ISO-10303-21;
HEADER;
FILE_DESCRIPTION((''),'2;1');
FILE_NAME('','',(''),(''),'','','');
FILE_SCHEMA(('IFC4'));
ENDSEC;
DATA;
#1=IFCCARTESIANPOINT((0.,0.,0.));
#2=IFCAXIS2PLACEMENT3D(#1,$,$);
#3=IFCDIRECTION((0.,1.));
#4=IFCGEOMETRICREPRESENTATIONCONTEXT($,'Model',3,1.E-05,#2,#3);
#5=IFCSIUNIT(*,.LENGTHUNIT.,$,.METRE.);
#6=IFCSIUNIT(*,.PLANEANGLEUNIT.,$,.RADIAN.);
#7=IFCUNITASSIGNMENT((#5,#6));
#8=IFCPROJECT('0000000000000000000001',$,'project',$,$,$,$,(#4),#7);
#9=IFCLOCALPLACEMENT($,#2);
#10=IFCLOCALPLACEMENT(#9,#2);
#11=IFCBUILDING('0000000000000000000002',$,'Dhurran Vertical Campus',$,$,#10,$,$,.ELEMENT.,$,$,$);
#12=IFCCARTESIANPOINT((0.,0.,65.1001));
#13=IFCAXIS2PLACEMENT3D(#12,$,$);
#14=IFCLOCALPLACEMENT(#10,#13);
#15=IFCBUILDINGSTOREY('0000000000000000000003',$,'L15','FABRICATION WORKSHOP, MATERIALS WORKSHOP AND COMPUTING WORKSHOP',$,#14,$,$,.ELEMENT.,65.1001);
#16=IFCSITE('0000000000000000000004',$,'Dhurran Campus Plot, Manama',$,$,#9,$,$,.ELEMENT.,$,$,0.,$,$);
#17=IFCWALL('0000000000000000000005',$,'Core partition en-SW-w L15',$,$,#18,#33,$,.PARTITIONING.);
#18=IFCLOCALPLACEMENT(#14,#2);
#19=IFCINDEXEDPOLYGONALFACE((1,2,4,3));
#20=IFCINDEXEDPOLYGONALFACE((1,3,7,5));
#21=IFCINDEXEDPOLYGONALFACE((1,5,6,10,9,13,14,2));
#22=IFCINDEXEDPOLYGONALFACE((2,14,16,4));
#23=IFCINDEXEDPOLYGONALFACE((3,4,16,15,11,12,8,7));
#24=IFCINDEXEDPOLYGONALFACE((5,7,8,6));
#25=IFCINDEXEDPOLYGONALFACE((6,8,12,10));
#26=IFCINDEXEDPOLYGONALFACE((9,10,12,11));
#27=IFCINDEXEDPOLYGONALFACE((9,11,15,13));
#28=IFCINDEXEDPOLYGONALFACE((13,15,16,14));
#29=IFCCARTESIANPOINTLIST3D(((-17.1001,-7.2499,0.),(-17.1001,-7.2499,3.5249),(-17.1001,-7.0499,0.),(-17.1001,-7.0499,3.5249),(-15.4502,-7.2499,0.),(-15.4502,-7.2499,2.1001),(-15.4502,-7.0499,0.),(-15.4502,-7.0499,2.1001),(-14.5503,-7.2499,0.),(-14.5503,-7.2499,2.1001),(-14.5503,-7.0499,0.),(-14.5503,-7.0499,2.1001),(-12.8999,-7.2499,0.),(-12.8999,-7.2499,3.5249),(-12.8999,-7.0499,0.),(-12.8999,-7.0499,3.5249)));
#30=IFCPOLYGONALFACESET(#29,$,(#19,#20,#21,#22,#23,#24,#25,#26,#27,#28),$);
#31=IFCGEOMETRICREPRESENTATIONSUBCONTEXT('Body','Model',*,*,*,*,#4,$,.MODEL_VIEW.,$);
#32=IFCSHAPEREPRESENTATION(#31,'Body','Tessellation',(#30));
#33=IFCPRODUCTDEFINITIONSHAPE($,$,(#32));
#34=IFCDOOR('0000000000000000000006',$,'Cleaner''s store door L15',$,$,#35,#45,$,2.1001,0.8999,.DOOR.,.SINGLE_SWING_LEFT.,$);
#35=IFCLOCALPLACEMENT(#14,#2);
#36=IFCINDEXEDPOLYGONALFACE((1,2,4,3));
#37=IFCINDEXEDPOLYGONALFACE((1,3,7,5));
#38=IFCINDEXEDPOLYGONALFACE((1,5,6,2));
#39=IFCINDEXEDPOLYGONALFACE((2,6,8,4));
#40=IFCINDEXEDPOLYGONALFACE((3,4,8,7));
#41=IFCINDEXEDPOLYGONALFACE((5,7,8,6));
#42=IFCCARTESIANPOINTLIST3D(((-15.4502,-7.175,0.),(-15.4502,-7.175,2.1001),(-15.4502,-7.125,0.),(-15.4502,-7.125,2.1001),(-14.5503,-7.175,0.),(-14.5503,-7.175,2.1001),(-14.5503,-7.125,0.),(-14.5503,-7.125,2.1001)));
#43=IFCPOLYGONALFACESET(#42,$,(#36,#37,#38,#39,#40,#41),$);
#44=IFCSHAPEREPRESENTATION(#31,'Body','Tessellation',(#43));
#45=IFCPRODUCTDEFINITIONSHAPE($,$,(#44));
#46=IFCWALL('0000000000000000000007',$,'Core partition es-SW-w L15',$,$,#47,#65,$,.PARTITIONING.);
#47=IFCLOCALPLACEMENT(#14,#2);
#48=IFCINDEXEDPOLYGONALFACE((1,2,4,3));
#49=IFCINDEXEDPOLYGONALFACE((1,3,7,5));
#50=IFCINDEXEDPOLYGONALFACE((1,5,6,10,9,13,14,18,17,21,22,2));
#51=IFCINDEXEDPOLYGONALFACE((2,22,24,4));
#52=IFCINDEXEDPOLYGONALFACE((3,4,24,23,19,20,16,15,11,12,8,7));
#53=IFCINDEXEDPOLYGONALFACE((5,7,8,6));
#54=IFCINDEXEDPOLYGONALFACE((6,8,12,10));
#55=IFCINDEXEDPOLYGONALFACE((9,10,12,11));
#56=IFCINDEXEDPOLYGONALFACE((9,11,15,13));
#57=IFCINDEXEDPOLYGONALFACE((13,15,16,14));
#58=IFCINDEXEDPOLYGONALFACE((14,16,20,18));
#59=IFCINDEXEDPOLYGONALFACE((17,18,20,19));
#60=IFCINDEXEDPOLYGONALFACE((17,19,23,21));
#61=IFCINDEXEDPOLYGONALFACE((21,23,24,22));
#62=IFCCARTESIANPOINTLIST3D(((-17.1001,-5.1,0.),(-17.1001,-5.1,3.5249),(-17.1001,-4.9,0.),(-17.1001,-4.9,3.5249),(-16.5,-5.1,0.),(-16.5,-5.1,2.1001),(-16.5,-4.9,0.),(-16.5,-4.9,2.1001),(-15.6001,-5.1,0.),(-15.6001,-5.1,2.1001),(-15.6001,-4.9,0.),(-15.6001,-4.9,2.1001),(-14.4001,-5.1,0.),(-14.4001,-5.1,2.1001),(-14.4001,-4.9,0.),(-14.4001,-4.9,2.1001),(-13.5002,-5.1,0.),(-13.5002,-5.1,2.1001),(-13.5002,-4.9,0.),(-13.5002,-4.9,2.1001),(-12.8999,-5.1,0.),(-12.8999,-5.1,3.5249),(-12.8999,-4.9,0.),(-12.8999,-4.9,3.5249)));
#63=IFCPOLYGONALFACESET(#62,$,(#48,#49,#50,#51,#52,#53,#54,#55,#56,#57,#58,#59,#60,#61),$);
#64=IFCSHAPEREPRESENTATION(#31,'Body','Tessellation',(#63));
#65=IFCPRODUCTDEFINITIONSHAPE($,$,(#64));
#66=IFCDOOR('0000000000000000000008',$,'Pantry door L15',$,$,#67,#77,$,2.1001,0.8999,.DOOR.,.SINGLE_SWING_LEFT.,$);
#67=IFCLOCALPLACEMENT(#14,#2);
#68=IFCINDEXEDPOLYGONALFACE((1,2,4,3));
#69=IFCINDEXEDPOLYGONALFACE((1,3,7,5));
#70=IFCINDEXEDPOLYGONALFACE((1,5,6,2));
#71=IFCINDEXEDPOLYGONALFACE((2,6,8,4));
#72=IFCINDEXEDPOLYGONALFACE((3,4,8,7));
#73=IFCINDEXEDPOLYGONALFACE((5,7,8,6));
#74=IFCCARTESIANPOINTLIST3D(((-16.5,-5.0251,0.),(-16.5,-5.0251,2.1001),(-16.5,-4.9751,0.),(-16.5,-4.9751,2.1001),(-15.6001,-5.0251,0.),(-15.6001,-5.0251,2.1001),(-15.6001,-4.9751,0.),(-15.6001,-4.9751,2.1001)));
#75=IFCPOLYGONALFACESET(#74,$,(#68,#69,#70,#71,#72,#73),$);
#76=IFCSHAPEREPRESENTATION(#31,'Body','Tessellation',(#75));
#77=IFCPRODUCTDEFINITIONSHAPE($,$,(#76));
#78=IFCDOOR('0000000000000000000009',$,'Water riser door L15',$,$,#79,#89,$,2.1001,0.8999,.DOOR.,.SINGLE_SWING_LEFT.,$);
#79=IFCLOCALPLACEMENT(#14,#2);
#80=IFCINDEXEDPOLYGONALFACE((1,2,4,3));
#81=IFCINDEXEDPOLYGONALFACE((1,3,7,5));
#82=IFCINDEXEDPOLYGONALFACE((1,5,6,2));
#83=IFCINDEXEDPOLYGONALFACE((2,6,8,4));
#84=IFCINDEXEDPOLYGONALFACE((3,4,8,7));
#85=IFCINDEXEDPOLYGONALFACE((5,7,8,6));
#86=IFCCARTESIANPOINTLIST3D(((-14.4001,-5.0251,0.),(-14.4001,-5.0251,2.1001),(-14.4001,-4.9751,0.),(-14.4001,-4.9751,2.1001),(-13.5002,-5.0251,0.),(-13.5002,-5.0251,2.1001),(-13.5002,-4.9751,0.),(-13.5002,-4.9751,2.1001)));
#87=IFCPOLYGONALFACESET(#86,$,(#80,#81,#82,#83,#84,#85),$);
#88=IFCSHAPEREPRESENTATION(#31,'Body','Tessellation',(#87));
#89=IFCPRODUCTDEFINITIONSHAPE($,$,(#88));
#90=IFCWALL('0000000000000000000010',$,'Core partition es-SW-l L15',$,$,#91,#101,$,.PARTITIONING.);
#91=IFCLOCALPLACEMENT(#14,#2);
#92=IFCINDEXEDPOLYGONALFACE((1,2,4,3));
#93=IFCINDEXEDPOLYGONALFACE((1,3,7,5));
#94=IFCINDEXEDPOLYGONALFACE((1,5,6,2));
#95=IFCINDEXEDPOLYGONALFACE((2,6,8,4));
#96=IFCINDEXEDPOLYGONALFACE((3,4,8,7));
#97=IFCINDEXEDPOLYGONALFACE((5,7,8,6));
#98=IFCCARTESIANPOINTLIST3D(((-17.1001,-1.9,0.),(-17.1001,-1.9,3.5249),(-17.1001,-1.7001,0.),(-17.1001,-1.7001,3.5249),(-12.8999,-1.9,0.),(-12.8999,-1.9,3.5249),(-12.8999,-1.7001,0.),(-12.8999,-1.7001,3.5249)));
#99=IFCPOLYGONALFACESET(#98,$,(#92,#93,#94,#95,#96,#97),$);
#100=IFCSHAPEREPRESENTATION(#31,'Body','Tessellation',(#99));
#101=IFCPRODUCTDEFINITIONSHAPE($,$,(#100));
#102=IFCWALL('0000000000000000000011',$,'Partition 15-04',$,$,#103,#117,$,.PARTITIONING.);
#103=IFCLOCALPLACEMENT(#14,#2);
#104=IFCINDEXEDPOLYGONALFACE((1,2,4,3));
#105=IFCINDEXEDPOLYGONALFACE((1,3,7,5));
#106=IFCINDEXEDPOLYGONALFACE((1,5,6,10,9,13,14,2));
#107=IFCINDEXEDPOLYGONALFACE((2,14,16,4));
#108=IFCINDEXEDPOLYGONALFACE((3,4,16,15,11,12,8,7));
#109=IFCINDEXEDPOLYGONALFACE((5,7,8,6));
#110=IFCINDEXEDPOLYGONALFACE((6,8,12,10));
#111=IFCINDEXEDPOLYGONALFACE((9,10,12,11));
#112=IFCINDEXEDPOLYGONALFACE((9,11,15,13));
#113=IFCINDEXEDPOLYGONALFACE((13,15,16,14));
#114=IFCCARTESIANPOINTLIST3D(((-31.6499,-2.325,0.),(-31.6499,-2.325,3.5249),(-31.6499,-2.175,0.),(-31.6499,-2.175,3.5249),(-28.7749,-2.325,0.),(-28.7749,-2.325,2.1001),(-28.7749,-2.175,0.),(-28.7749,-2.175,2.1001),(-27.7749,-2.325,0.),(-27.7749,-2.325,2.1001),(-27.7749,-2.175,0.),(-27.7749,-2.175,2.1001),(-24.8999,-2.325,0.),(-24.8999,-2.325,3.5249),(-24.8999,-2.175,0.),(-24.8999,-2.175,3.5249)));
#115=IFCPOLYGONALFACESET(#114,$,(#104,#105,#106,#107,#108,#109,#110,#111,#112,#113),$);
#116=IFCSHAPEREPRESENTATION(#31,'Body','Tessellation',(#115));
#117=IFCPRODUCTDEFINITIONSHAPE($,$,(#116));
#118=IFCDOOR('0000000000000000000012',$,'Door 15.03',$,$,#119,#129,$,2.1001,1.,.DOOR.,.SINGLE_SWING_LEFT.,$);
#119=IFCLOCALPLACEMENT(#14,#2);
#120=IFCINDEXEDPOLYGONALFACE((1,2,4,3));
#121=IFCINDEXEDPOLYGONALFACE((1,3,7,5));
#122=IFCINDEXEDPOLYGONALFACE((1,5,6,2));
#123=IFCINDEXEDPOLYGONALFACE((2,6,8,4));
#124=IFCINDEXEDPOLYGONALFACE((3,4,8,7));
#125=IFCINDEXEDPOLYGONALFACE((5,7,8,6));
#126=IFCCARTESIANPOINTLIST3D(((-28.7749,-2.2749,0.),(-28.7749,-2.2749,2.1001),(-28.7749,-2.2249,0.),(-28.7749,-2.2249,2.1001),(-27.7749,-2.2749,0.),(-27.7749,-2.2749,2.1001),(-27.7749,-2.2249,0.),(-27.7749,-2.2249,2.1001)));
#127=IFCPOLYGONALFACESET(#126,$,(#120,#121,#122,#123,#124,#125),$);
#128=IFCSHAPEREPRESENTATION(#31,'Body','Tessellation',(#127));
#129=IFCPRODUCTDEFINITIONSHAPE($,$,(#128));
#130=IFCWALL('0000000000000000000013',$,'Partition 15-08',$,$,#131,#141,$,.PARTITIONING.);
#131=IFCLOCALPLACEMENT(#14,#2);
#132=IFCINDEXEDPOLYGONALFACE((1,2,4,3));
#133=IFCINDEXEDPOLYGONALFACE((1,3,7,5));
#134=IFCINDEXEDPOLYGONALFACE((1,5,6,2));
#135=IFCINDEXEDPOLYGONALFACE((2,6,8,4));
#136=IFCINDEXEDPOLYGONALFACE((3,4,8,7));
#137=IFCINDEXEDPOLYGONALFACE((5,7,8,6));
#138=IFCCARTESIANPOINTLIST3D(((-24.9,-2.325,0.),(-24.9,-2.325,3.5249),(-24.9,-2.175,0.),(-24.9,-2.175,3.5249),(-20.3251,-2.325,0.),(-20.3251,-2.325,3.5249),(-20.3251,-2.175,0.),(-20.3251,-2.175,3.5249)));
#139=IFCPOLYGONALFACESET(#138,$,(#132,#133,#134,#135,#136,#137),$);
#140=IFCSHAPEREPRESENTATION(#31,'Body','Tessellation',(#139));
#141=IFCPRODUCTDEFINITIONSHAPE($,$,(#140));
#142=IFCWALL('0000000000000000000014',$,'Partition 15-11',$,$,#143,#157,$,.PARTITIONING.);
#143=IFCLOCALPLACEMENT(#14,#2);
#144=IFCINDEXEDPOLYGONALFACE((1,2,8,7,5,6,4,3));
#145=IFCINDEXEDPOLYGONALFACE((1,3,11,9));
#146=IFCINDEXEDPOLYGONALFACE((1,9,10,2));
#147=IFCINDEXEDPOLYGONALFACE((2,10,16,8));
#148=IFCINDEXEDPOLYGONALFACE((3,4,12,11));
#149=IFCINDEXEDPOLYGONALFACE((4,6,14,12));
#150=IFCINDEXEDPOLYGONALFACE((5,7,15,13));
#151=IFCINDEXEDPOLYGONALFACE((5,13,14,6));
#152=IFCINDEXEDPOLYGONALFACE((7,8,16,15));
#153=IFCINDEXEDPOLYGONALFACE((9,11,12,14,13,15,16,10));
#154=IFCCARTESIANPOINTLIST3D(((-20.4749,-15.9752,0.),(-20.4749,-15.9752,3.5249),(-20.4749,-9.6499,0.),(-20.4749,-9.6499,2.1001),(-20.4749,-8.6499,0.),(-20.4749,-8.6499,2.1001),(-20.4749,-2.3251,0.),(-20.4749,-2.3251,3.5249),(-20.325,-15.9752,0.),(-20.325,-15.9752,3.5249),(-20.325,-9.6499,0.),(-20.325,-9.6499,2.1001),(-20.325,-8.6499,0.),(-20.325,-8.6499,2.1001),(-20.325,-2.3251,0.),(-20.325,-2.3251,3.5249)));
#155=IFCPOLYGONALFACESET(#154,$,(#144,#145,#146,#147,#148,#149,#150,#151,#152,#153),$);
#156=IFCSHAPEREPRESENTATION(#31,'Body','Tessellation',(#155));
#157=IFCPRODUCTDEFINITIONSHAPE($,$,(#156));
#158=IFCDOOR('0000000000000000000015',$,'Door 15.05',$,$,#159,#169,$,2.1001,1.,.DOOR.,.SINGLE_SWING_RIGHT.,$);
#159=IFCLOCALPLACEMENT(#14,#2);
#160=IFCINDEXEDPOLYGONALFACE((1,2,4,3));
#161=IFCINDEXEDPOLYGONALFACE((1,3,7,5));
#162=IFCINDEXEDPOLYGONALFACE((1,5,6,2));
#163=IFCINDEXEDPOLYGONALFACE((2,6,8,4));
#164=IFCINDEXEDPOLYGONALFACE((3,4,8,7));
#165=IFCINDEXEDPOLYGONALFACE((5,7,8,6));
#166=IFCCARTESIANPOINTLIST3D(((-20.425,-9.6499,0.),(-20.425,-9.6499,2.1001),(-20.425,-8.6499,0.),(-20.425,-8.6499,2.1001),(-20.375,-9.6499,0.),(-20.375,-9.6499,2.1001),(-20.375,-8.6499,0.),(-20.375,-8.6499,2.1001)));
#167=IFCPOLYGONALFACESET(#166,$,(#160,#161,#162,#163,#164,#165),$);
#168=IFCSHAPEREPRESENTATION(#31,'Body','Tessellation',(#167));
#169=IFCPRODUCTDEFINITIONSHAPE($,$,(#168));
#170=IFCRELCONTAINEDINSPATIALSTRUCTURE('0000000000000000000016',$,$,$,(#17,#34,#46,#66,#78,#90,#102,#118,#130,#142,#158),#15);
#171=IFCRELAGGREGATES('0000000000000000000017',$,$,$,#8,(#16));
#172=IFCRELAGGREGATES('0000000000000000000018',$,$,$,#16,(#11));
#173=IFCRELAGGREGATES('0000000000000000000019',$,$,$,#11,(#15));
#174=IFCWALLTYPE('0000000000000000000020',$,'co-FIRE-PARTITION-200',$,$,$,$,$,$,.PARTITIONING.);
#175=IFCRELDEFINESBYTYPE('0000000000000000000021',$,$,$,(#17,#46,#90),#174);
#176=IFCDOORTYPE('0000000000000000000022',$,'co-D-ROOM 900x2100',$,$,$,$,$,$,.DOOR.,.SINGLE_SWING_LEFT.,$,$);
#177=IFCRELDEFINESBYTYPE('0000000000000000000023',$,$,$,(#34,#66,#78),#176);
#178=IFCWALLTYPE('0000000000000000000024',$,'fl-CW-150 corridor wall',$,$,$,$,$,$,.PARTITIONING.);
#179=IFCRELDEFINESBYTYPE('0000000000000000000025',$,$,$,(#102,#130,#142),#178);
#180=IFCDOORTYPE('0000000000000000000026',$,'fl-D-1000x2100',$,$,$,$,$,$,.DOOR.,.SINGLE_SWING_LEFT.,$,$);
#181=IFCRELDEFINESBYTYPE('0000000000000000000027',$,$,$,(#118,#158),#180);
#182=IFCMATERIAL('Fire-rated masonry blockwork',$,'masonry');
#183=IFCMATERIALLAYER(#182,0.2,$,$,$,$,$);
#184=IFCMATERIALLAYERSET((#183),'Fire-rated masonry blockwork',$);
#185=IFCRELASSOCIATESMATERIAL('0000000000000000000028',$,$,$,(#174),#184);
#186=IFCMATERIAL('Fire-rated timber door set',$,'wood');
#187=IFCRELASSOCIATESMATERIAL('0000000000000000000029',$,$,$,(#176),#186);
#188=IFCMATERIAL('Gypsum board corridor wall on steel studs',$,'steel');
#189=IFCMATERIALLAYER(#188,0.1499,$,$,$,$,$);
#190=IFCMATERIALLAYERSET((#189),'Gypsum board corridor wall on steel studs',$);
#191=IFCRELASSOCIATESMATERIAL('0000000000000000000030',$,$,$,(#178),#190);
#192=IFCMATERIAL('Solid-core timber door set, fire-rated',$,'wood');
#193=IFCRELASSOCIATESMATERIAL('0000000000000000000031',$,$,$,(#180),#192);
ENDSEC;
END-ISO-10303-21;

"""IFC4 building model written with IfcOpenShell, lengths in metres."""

from ifc_helpers import new_model, si_unit, direction, frame, frame_2d, origin, place, context, subcontext, project, spatial, rectangle, extrude, material, layer, layer_set, type_object, element, fill, save


model = new_model("IFC4")

# Units and contexts
model_context = context("Model", 3, precision=1e-05, world=origin(), true_north=direction((0.0, 1.0)))
body_context = subcontext(model_context, "Body", "Model", "MODEL_VIEW")
ifc_project = project(units=[si_unit("LENGTHUNIT", "METRE"), si_unit("PLANEANGLEUNIT", "RADIAN")], contexts=[model_context])

# Site, building, storey
site_placement = place(None, origin())
site = spatial("IfcSite", under=ifc_project, at=site_placement, Name="Dhurran Campus Plot, Manama", CompositionType="ELEMENT", RefElevation=0.0)
building_placement = place(site_placement, origin())
building = spatial("IfcBuilding", under=site, at=building_placement, Name="Dhurran Vertical Campus", CompositionType="ELEMENT")
storey_placement = place(building_placement, frame((0.0, 0.0, 65.1001)))
storey = spatial("IfcBuildingStorey", under=building, at=storey_placement, Name="L15", Description="FABRICATION WORKSHOP, MATERIALS WORKSHOP AND COMPUTING WORKSHOP", CompositionType="ELEMENT", Elevation=65.1001)

# Wall, opening, door
ifc_material_1 = material(Name="Fire-rated masonry blockwork", Category="masonry")
ifc_layer_1 = layer(ifc_material_1, 0.2)
ifc_layer_set_1 = layer_set([ifc_layer_1], Name="Fire-rated masonry blockwork")
wall_type_1 = type_object("IfcWallType", Name="co-FIRE-PARTITION-200", PredefinedType="PARTITIONING", material=ifc_layer_set_1)
wall_1_placement = place(storey_placement, frame((-17.1001, -7.1499, 0.0), z_axis=(0.0, 0.0, 1.0), x_axis=(1.0, 0.0, 0.0)))
wall_1 = element("IfcWall", 1, at=wall_1_placement, inside=storey, type_object=wall_type_1, Name="Core partition en-SW-w L15", PredefinedType="PARTITIONING", context=body_context, shape_type="SweptSolid", body=[
    extrude(rectangle(XDim=4.2002, YDim=0.2, at=frame_2d((2.1001, 0.0))), origin(), (0.0, 0.0, 1.0), 3.5249),
])
opening_1_placement = place(wall_1_placement, frame((1.6499, 0.0, 0.0)))
opening_1 = element("IfcOpeningElement", 2, at=opening_1_placement, cuts=wall_1, PredefinedType="OPENING", context=body_context, shape_type="SweptSolid", body=[
    extrude(rectangle(XDim=0.8999, YDim=2.1001, at=frame_2d((0.45, 1.05))), frame((0.0, 0.1099, 0.0), z_axis=(0.0, -1.0, 0.0), x_axis=(1.0, 0.0, 0.0)), (0.0, 0.0, 1.0), 0.22),
])
ifc_material_2 = material(Name="Fire-rated timber door set", Category="wood")
door_type_1 = type_object("IfcDoorType", Name="co-D-ROOM 900x2100", OperationType="SINGLE_SWING_LEFT", PredefinedType="DOOR", material=ifc_material_2)
door_1_placement = place(opening_1_placement, origin())
door_1 = element("IfcDoor", 3, at=door_1_placement, inside=storey, type_object=door_type_1, Name="Cleaner's store door L15", OperationType="SINGLE_SWING_LEFT", OverallHeight=2.1001, OverallWidth=0.8999, PredefinedType="DOOR", context=body_context, shape_type="SweptSolid", body=[
    extrude(rectangle(XDim=0.8999, YDim=2.1001, at=frame_2d((0.45, 1.05))), frame((0.0, 0.0249, 0.0), z_axis=(0.0, -1.0, 0.0), x_axis=(1.0, 0.0, 0.0)), (0.0, 0.0, 1.0), 0.05),
])
fill(opening_1, door_1)

# Wall, openings, doors
wall_2_placement = place(storey_placement, frame((-17.1001, -5.0, 0.0), z_axis=(0.0, 0.0, 1.0), x_axis=(1.0, 0.0, 0.0)))
wall_2 = element("IfcWall", 4, at=wall_2_placement, inside=storey, type_object=wall_type_1, Name="Core partition es-SW-w L15", PredefinedType="PARTITIONING", context=body_context, shape_type="SweptSolid", body=[
    extrude(rectangle(XDim=4.2002, YDim=0.2, at=frame_2d((2.1001, 0.0))), origin(), (0.0, 0.0, 1.0), 3.5249),
])
opening_2_placement = place(wall_2_placement, frame((0.6001, 0.0, 0.0)))
opening_2 = element("IfcOpeningElement", 5, at=opening_2_placement, cuts=wall_2, PredefinedType="OPENING", context=body_context, shape_type="SweptSolid", body=[
    extrude(rectangle(XDim=0.8999, YDim=2.1001, at=frame_2d((0.45, 1.05))), frame((0.0, 0.1099, 0.0), z_axis=(0.0, -1.0, 0.0), x_axis=(1.0, 0.0, 0.0)), (0.0, 0.0, 1.0), 0.22),
])
opening_3_placement = place(wall_2_placement, frame((2.7, 0.0, 0.0)))
opening_3 = element("IfcOpeningElement", 6, at=opening_3_placement, cuts=wall_2, PredefinedType="OPENING", context=body_context, shape_type="SweptSolid", body=[
    extrude(rectangle(XDim=0.8999, YDim=2.1001, at=frame_2d((0.45, 1.05))), frame((0.0, 0.1099, 0.0), z_axis=(0.0, -1.0, 0.0), x_axis=(1.0, 0.0, 0.0)), (0.0, 0.0, 1.0), 0.22),
])
door_2_placement = place(opening_2_placement, origin())
door_2 = element("IfcDoor", 7, at=door_2_placement, inside=storey, type_object=door_type_1, Name="Pantry door L15", OperationType="SINGLE_SWING_LEFT", OverallHeight=2.1001, OverallWidth=0.8999, PredefinedType="DOOR", context=body_context, shape_type="SweptSolid", body=[
    extrude(rectangle(XDim=0.8999, YDim=2.1001, at=frame_2d((0.45, 1.05))), frame((0.0, 0.0249, 0.0), z_axis=(0.0, -1.0, 0.0), x_axis=(1.0, 0.0, 0.0)), (0.0, 0.0, 1.0), 0.05),
])
fill(opening_2, door_2)
door_3_placement = place(opening_3_placement, origin())
door_3 = element("IfcDoor", 8, at=door_3_placement, inside=storey, type_object=door_type_1, Name="Water riser door L15", OperationType="SINGLE_SWING_LEFT", OverallHeight=2.1001, OverallWidth=0.8999, PredefinedType="DOOR", context=body_context, shape_type="SweptSolid", body=[
    extrude(rectangle(XDim=0.8999, YDim=2.1001, at=frame_2d((0.45, 1.05))), frame((0.0, 0.0249, 0.0), z_axis=(0.0, -1.0, 0.0), x_axis=(1.0, 0.0, 0.0)), (0.0, 0.0, 1.0), 0.05),
])
fill(opening_3, door_3)

# Wall
wall_3_placement = place(storey_placement, frame((-17.1001, -1.8, 0.0), z_axis=(0.0, 0.0, 1.0), x_axis=(1.0, 0.0, 0.0)))
element("IfcWall", 9, at=wall_3_placement, inside=storey, type_object=wall_type_1, Name="Core partition es-SW-l L15", PredefinedType="PARTITIONING", context=body_context, shape_type="SweptSolid", body=[
    extrude(rectangle(XDim=4.2002, YDim=0.2, at=frame_2d((2.1001, 0.0))), origin(), (0.0, 0.0, 1.0), 3.5249),
])

# Wall, opening, door
ifc_material_3 = material(Name="Gypsum board corridor wall on steel studs", Category="steel")
ifc_layer_2 = layer(ifc_material_3, 0.1499)
ifc_layer_set_2 = layer_set([ifc_layer_2], Name="Gypsum board corridor wall on steel studs")
wall_type_2 = type_object("IfcWallType", Name="fl-CW-150 corridor wall", PredefinedType="PARTITIONING", material=ifc_layer_set_2)
wall_4_placement = place(storey_placement, frame((-24.8999, -2.25, 0.0), z_axis=(0.0, 0.0, 1.0), x_axis=(-1.0, 0.0, 0.0)))
wall_4 = element("IfcWall", 10, at=wall_4_placement, inside=storey, type_object=wall_type_2, Name="Partition 15-04", PredefinedType="PARTITIONING", context=body_context, shape_type="SweptSolid", body=[
    extrude(rectangle(XDim=6.75, YDim=0.1499, at=frame_2d((3.375, 0.0))), origin(), (0.0, 0.0, 1.0), 3.5249),
])
opening_4_placement = place(wall_4_placement, frame((2.875, 0.0, 0.0)))
opening_4 = element("IfcOpeningElement", 11, at=opening_4_placement, cuts=wall_4, PredefinedType="OPENING", context=body_context, shape_type="SweptSolid", body=[
    extrude(rectangle(XDim=1.0, YDim=2.1001, at=frame_2d((0.5, 1.05))), frame((0.0, 0.085, 0.0), z_axis=(0.0, -1.0, 0.0), x_axis=(1.0, 0.0, 0.0)), (0.0, 0.0, 1.0), 0.1699),
])
ifc_material_4 = material(Name="Solid-core timber door set, fire-rated", Category="wood")
door_type_2 = type_object("IfcDoorType", Name="fl-D-1000x2100", OperationType="SINGLE_SWING_LEFT", PredefinedType="DOOR", material=ifc_material_4)
door_4_placement = place(opening_4_placement, origin())
door_4 = element("IfcDoor", 12, at=door_4_placement, inside=storey, type_object=door_type_2, Name="Door 15.03", OperationType="SINGLE_SWING_LEFT", OverallHeight=2.1001, OverallWidth=1.0, PredefinedType="DOOR", context=body_context, shape_type="SweptSolid", body=[
    extrude(rectangle(XDim=1.0, YDim=2.1001, at=frame_2d((0.5, 1.05))), frame((0.0, 0.0249, 0.0), z_axis=(0.0, -1.0, 0.0), x_axis=(1.0, 0.0, 0.0)), (0.0, 0.0, 1.0), 0.05),
])
fill(opening_4, door_4)

# Wall
wall_5_placement = place(storey_placement, frame((-20.325, -2.25, 0.0), z_axis=(0.0, 0.0, 1.0), x_axis=(-1.0, 0.0, 0.0)))
element("IfcWall", 13, at=wall_5_placement, inside=storey, type_object=wall_type_2, Name="Partition 15-08", PredefinedType="PARTITIONING", context=body_context, shape_type="SweptSolid", body=[
    extrude(rectangle(XDim=4.575, YDim=0.1499, at=frame_2d((2.2876, 0.0))), origin(), (0.0, 0.0, 1.0), 3.5249),
])

# Wall, opening, door
wall_6_placement = place(storey_placement, frame((-20.3999, -2.325, 0.0), z_axis=(0.0, 0.0, 1.0), x_axis=(0.0, -1.0, 0.0)))
wall_6 = element("IfcWall", 14, at=wall_6_placement, inside=storey, type_object=wall_type_2, Name="Partition 15-11", PredefinedType="PARTITIONING", context=body_context, shape_type="SweptSolid", body=[
    extrude(rectangle(XDim=13.6501, YDim=0.1499, at=frame_2d((6.8252, 0.0))), origin(), (0.0, 0.0, 1.0), 3.5249),
])
opening_5_placement = place(wall_6_placement, frame((6.325, 0.0, 0.0)))
opening_5 = element("IfcOpeningElement", 15, at=opening_5_placement, cuts=wall_6, PredefinedType="OPENING", context=body_context, shape_type="SweptSolid", body=[
    extrude(rectangle(XDim=1.0, YDim=2.1001, at=frame_2d((0.5, 1.05))), frame((0.0, 0.085, 0.0), z_axis=(0.0, -1.0, 0.0), x_axis=(1.0, 0.0, 0.0)), (0.0, 0.0, 1.0), 0.1699),
])
door_5_placement = place(opening_5_placement, origin())
door_5 = element("IfcDoor", 16, at=door_5_placement, inside=storey, type_object=door_type_2, Name="Door 15.05", OperationType="SINGLE_SWING_RIGHT", OverallHeight=2.1001, OverallWidth=1.0, PredefinedType="DOOR", context=body_context, shape_type="SweptSolid", body=[
    extrude(rectangle(XDim=1.0, YDim=2.1001, at=frame_2d((0.5, 1.05))), frame((0.0, 0.0249, 0.0), z_axis=(0.0, -1.0, 0.0), x_axis=(1.0, 0.0, 0.0)), (0.0, 0.0, 1.0), 0.05),
])
fill(opening_5, door_5)

save(model, "model.ifc")
